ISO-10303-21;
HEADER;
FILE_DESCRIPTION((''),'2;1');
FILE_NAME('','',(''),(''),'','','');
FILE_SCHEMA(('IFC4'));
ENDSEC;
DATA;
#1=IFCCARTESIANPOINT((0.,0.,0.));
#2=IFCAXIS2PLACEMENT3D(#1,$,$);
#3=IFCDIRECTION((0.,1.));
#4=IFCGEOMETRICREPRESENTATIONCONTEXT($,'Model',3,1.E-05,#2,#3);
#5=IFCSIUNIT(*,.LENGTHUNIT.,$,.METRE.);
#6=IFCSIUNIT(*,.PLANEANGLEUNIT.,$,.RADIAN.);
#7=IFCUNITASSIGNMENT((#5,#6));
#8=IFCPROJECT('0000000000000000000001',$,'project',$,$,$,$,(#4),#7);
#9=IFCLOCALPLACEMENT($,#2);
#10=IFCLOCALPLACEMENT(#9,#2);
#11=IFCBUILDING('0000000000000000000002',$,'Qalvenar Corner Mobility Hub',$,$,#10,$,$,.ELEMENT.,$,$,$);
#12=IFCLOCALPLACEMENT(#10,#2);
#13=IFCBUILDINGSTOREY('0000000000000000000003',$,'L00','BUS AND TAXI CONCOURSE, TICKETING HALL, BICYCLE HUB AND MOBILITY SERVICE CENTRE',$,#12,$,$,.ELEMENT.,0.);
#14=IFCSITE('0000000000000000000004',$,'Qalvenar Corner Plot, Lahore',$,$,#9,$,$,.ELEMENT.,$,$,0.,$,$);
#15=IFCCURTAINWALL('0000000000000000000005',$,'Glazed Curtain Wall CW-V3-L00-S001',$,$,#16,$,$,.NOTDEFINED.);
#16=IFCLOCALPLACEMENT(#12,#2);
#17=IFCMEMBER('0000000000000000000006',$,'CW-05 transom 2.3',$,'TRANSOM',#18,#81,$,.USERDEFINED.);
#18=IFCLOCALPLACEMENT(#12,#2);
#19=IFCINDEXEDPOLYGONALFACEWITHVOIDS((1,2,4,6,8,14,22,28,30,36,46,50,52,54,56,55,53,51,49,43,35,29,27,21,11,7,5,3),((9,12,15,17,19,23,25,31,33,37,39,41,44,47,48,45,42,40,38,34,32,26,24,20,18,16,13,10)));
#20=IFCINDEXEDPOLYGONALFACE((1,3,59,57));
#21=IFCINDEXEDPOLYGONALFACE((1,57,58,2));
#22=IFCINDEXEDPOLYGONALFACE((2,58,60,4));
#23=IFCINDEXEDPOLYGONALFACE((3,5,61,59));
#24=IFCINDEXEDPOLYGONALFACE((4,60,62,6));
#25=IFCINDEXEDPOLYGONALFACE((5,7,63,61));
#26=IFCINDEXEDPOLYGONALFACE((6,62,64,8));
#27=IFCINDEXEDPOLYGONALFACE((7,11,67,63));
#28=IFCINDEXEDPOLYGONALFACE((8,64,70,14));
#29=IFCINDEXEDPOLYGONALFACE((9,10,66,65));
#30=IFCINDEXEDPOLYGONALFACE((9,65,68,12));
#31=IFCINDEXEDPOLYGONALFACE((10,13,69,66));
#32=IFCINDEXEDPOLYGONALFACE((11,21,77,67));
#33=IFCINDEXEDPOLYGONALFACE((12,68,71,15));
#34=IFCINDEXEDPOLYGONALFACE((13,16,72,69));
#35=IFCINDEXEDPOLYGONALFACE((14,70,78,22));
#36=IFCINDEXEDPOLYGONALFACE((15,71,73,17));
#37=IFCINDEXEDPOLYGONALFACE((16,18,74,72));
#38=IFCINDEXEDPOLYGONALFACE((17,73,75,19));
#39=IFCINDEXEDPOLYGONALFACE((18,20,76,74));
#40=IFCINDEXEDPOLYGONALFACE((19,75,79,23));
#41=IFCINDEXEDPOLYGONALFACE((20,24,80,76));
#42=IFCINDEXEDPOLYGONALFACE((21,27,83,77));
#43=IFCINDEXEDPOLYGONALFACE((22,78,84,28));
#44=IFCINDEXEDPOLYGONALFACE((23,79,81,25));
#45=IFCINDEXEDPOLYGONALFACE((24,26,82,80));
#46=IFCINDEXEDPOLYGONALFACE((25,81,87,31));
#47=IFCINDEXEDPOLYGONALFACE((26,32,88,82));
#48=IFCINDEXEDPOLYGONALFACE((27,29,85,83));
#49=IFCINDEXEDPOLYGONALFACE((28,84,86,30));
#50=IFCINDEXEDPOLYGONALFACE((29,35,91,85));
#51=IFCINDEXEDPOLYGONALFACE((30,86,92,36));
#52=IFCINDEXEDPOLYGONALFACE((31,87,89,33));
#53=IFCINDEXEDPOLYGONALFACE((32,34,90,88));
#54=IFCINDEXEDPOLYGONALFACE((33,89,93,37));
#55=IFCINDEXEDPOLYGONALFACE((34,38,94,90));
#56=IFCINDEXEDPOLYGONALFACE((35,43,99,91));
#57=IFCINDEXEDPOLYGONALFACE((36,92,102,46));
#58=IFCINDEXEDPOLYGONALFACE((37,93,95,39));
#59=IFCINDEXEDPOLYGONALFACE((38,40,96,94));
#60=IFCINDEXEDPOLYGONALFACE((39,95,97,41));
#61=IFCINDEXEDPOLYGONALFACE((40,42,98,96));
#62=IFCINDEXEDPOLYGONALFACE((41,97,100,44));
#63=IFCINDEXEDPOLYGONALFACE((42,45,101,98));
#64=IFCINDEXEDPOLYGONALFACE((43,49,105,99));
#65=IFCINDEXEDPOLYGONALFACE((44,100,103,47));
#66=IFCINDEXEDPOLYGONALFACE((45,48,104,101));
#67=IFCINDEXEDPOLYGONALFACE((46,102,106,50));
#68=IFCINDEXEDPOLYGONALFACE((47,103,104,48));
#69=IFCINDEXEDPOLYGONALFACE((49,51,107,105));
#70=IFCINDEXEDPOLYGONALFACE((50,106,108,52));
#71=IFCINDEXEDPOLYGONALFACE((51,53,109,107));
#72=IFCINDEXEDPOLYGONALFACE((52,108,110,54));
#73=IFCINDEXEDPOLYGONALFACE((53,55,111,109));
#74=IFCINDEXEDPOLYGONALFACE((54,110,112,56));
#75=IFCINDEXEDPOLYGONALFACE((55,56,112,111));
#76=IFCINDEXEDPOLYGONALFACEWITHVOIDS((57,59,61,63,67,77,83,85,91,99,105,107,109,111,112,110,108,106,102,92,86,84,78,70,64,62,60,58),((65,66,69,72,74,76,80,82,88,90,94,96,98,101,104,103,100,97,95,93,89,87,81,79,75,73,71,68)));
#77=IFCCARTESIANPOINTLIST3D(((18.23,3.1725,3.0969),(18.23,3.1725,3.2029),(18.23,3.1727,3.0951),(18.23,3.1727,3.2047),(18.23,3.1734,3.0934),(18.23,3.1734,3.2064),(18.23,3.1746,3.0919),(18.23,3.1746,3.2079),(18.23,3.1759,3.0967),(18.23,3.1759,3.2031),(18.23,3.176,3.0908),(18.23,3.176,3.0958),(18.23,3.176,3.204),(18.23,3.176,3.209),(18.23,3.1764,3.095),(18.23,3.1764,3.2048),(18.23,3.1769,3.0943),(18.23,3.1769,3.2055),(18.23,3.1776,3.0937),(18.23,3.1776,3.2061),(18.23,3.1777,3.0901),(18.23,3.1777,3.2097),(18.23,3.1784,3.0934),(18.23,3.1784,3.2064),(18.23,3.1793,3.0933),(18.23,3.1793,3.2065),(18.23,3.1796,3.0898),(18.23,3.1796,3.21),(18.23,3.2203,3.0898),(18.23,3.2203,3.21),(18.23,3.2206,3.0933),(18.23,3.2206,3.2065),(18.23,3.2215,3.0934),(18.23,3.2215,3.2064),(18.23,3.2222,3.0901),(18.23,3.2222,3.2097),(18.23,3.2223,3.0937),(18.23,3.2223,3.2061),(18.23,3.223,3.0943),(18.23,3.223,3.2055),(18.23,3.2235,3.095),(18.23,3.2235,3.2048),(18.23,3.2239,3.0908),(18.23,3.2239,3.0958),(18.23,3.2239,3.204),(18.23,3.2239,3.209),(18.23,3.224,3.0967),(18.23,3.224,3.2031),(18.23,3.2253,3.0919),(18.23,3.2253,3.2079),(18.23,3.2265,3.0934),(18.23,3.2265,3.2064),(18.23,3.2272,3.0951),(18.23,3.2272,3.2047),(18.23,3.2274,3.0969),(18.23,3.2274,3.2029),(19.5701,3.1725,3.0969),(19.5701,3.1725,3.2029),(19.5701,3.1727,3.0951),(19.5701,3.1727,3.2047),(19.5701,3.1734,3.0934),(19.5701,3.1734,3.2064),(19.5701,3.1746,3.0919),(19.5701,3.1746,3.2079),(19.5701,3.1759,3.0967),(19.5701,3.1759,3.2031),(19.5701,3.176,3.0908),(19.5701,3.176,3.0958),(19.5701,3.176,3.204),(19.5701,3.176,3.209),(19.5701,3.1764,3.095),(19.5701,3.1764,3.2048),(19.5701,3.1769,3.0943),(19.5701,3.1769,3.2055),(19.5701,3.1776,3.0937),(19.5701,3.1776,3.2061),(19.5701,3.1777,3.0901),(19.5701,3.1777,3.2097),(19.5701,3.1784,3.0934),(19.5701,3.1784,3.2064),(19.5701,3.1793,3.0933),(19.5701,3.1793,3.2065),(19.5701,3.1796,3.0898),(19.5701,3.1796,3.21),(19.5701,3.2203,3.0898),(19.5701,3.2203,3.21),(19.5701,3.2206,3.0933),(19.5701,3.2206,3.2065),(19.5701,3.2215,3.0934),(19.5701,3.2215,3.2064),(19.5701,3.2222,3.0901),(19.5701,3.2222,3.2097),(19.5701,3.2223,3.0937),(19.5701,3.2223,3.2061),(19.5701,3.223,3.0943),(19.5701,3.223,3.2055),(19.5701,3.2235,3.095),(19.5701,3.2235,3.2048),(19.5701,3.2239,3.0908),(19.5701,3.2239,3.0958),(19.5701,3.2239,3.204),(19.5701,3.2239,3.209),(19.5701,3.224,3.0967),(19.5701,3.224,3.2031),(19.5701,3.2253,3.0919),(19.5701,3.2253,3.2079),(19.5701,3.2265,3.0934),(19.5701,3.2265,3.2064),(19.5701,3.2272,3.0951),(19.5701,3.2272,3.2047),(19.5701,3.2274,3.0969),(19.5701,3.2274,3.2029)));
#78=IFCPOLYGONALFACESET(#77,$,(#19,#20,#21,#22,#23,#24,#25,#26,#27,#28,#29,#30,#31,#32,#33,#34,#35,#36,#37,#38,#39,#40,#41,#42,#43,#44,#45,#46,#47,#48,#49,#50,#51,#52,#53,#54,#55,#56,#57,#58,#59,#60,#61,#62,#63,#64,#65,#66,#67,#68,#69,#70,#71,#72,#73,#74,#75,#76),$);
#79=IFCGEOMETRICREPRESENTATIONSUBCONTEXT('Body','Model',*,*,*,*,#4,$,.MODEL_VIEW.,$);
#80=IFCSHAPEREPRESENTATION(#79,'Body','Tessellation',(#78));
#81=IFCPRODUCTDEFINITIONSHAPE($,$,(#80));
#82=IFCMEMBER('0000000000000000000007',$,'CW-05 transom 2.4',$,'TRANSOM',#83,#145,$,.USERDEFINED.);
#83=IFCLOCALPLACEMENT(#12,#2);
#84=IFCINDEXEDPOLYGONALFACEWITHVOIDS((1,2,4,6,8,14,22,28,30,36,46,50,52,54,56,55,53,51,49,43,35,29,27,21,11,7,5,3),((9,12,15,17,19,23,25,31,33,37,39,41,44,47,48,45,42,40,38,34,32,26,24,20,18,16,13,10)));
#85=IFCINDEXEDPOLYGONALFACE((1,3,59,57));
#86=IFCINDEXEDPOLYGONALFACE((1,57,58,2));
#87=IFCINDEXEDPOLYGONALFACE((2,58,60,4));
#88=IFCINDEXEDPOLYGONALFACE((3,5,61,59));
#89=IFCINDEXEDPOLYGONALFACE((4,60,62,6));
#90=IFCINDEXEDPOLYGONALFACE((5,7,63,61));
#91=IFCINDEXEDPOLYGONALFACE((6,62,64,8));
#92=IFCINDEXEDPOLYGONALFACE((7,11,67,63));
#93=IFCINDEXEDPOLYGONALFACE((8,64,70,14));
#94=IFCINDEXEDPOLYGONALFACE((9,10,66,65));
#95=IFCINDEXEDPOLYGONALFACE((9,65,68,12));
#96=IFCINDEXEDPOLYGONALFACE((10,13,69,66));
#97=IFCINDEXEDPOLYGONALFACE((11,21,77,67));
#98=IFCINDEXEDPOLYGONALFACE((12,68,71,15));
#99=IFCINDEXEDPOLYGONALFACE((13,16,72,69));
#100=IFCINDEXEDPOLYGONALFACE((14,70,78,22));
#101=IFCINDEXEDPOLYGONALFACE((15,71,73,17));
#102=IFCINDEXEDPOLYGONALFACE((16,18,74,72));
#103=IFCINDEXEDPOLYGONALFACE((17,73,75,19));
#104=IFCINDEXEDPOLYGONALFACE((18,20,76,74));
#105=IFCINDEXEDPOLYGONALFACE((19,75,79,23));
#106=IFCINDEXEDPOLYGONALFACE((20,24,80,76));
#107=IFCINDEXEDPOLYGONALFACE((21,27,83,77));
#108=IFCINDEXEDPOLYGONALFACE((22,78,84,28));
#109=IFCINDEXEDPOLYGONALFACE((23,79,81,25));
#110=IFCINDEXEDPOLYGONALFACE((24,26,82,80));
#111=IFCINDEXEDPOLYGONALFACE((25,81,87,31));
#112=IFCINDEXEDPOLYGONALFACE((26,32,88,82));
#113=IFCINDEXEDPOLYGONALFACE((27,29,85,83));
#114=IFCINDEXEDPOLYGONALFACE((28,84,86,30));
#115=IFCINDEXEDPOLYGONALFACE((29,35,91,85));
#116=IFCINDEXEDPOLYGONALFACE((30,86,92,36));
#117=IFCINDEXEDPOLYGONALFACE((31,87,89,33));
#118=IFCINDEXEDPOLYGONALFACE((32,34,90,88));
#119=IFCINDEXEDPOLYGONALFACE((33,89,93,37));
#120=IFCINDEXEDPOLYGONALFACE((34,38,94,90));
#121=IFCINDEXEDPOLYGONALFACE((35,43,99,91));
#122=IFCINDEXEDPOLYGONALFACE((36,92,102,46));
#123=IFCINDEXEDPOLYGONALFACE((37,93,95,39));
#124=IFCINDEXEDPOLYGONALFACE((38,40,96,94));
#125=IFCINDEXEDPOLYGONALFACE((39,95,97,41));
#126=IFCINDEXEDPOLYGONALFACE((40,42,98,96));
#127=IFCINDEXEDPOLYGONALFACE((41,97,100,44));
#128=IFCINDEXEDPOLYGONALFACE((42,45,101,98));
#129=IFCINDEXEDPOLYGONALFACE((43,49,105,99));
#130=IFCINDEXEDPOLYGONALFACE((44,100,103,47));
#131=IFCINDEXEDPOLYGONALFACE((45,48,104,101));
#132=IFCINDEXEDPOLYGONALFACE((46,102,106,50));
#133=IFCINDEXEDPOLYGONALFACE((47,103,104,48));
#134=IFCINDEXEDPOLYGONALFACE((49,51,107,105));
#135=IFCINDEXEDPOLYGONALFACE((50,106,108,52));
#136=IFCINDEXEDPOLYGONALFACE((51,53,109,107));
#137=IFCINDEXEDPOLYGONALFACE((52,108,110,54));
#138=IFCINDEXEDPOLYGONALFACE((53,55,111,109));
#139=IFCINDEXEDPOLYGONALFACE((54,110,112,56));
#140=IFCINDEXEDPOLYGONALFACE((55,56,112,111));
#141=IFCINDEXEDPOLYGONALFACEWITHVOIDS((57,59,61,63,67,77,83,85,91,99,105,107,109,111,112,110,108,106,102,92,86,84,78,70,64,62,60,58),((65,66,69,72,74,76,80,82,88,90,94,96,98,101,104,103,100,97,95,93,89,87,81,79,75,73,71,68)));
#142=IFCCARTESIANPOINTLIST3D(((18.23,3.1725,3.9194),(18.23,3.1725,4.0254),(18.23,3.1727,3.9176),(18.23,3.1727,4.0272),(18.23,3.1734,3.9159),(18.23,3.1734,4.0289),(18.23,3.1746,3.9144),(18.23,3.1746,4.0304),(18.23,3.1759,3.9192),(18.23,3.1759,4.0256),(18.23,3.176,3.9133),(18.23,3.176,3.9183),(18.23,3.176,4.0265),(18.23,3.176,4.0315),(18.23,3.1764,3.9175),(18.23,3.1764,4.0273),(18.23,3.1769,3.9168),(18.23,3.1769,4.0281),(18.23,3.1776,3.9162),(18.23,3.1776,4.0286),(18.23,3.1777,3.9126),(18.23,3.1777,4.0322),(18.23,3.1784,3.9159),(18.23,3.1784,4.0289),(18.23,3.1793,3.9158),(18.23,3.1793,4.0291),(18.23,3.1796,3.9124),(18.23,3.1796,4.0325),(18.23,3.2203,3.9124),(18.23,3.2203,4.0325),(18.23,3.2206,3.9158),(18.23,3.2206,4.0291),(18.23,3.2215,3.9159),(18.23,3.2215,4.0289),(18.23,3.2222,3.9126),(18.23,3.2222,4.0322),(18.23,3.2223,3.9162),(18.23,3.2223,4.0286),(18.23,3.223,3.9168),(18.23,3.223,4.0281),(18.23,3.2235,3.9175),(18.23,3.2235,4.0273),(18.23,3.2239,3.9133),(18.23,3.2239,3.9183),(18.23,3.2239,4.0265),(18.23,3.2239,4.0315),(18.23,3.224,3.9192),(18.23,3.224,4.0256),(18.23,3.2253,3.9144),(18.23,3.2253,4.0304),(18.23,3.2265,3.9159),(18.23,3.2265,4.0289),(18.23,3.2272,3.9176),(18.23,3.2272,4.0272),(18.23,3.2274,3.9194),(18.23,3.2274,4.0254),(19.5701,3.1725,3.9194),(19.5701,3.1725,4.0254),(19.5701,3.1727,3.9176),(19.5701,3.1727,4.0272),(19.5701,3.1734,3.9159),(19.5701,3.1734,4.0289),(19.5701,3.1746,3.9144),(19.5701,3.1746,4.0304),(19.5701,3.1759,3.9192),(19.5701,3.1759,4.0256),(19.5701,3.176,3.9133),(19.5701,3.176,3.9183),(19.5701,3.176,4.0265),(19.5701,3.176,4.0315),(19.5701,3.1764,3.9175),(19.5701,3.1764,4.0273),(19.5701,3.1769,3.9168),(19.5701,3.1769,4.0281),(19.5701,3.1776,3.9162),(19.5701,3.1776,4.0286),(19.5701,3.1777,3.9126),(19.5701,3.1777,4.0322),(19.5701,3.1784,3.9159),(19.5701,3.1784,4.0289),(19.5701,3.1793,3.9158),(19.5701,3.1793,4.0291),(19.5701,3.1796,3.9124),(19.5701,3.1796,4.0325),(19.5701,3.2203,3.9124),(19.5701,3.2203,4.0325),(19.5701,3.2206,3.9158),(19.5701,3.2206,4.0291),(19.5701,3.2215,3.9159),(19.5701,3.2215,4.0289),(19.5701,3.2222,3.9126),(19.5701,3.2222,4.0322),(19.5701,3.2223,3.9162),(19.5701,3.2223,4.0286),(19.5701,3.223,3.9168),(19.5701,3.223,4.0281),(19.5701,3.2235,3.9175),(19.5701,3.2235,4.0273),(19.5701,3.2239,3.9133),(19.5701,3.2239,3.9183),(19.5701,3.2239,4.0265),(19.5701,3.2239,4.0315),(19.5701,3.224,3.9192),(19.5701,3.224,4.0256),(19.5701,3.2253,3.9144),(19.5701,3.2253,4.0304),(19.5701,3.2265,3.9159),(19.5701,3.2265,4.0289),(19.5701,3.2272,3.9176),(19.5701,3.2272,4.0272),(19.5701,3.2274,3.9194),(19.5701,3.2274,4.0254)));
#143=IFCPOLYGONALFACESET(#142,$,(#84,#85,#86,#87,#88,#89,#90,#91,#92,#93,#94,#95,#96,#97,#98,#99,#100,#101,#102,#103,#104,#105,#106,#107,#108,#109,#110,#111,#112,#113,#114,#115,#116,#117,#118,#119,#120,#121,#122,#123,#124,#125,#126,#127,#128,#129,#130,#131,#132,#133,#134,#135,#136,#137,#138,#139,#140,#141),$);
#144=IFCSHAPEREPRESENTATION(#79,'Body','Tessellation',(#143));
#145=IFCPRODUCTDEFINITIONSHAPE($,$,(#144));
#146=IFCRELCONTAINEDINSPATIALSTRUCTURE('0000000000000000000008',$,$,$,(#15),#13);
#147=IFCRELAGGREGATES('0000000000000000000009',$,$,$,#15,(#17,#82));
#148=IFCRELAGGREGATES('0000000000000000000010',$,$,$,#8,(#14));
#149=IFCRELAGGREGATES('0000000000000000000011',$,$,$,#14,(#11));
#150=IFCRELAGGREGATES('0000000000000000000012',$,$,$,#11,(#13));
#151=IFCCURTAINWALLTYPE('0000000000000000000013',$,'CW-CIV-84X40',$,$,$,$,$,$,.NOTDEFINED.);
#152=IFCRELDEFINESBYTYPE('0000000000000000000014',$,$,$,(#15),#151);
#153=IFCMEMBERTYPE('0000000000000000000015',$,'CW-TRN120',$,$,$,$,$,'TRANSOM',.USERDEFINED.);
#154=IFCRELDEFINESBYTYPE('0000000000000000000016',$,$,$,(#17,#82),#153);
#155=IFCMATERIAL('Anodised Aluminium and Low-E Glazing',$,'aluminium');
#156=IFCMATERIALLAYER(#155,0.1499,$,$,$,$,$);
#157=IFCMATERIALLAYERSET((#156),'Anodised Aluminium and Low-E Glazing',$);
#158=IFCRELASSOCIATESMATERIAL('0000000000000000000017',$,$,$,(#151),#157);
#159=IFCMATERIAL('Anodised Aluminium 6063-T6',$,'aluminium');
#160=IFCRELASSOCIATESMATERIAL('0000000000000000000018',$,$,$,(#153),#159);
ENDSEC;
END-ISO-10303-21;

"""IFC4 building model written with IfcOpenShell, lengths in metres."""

from ifc_helpers import new_model, si_unit, direction, frame, origin, origin_2d, place, context, subcontext, project, spatial, hollow_rectangle, extrude, material, layer, layer_set, material_profile, profile_set, type_object, element, aggregate, save


model = new_model("IFC4")

# Units and contexts
model_context = context("Model", 3, precision=1e-05, world=origin(), true_north=direction((0.0, 1.0)))
body_context = subcontext(model_context, "Body", "Model", "MODEL_VIEW")
ifc_project = project(units=[si_unit("LENGTHUNIT", "METRE"), si_unit("PLANEANGLEUNIT", "RADIAN")], contexts=[model_context])

# Site, building, storey
site_placement = place(None, origin())
site = spatial("IfcSite", under=ifc_project, at=site_placement, Name="Qalvenar Corner Plot, Lahore", CompositionType="ELEMENT", RefElevation=0.0)
building_placement = place(site_placement, origin())
building = spatial("IfcBuilding", under=site, at=building_placement, Name="Qalvenar Corner Mobility Hub", CompositionType="ELEMENT")
storey_placement = place(building_placement, origin())
storey = spatial("IfcBuildingStorey", under=building, at=storey_placement, Name="L00", Description="BUS AND TAXI CONCOURSE, TICKETING HALL, BICYCLE HUB AND MOBILITY SERVICE CENTRE", CompositionType="ELEMENT", Elevation=0.0)

# Curtain wall, members
ifc_material_1 = material(Name="Anodised Aluminium and Low-E Glazing", Category="aluminium")
ifc_layer_1 = layer(ifc_material_1, 0.1499)
ifc_layer_set_1 = layer_set([ifc_layer_1], Name="Anodised Aluminium and Low-E Glazing")
curtain_wall_type = type_object("IfcCurtainWallType", Name="CW-CIV-84X40", PredefinedType="NOTDEFINED", material=ifc_layer_set_1)
curtain_wall_placement = place(storey_placement, origin())
curtain_wall = element("IfcCurtainWall", 1, at=curtain_wall_placement, inside=storey, type_object=curtain_wall_type, Name="Glazed Curtain Wall CW-V3-L00-S001", PredefinedType="NOTDEFINED")
ifc_material_2 = material(Name="Anodised Aluminium 6063-T6", Category="aluminium")
ifc_material_profile_1 = material_profile(ifc_material_2, hollow_rectangle(XDim=0.0549, YDim=0.1201, WallThickness=0.0034, InnerFilletRadius=0.0034, OuterFilletRadius=0.0071, at=origin_2d()), Name="RHS120x55x3.5")
ifc_profile_set_1 = profile_set([ifc_material_profile_1], Name="Anodised Aluminium 6063-T6")
member_type_1 = type_object("IfcMemberType", Name="CW-TRN120", ElementType="TRANSOM", PredefinedType="USERDEFINED", material=ifc_profile_set_1)
member_1_placement = place(storey_placement, frame((18.23, 3.2, 3.1499), z_axis=(1.0, 0.0, 0.0), x_axis=(0.0, 1.0, 0.0)))
member_1 = element("IfcMember", 2, at=member_1_placement, type_object=member_type_1, Name="CW-05 transom 2.3", ObjectType="TRANSOM", PredefinedType="USERDEFINED", context=body_context, shape_type="SweptSolid", body=[
    extrude(hollow_rectangle(XDim=0.0549, YDim=0.1201, WallThickness=0.0034, InnerFilletRadius=0.0034, OuterFilletRadius=0.0071, at=origin_2d()), origin(), (0.0, 0.0, 1.0), 1.3401),
])
member_2_placement = place(storey_placement, frame((18.23, 3.2, 3.9724), z_axis=(1.0, 0.0, 0.0), x_axis=(0.0, 1.0, 0.0)))
member_2 = element("IfcMember", 3, at=member_2_placement, type_object=member_type_1, Name="CW-05 transom 2.4", ObjectType="TRANSOM", PredefinedType="USERDEFINED", context=body_context, shape_type="SweptSolid", body=[
    extrude(hollow_rectangle(XDim=0.0549, YDim=0.1201, WallThickness=0.0034, InnerFilletRadius=0.0034, OuterFilletRadius=0.0071, at=origin_2d()), origin(), (0.0, 0.0, 1.0), 1.3401),
])
aggregate(curtain_wall, [member_1, member_2])

save(model, "model.ifc")
